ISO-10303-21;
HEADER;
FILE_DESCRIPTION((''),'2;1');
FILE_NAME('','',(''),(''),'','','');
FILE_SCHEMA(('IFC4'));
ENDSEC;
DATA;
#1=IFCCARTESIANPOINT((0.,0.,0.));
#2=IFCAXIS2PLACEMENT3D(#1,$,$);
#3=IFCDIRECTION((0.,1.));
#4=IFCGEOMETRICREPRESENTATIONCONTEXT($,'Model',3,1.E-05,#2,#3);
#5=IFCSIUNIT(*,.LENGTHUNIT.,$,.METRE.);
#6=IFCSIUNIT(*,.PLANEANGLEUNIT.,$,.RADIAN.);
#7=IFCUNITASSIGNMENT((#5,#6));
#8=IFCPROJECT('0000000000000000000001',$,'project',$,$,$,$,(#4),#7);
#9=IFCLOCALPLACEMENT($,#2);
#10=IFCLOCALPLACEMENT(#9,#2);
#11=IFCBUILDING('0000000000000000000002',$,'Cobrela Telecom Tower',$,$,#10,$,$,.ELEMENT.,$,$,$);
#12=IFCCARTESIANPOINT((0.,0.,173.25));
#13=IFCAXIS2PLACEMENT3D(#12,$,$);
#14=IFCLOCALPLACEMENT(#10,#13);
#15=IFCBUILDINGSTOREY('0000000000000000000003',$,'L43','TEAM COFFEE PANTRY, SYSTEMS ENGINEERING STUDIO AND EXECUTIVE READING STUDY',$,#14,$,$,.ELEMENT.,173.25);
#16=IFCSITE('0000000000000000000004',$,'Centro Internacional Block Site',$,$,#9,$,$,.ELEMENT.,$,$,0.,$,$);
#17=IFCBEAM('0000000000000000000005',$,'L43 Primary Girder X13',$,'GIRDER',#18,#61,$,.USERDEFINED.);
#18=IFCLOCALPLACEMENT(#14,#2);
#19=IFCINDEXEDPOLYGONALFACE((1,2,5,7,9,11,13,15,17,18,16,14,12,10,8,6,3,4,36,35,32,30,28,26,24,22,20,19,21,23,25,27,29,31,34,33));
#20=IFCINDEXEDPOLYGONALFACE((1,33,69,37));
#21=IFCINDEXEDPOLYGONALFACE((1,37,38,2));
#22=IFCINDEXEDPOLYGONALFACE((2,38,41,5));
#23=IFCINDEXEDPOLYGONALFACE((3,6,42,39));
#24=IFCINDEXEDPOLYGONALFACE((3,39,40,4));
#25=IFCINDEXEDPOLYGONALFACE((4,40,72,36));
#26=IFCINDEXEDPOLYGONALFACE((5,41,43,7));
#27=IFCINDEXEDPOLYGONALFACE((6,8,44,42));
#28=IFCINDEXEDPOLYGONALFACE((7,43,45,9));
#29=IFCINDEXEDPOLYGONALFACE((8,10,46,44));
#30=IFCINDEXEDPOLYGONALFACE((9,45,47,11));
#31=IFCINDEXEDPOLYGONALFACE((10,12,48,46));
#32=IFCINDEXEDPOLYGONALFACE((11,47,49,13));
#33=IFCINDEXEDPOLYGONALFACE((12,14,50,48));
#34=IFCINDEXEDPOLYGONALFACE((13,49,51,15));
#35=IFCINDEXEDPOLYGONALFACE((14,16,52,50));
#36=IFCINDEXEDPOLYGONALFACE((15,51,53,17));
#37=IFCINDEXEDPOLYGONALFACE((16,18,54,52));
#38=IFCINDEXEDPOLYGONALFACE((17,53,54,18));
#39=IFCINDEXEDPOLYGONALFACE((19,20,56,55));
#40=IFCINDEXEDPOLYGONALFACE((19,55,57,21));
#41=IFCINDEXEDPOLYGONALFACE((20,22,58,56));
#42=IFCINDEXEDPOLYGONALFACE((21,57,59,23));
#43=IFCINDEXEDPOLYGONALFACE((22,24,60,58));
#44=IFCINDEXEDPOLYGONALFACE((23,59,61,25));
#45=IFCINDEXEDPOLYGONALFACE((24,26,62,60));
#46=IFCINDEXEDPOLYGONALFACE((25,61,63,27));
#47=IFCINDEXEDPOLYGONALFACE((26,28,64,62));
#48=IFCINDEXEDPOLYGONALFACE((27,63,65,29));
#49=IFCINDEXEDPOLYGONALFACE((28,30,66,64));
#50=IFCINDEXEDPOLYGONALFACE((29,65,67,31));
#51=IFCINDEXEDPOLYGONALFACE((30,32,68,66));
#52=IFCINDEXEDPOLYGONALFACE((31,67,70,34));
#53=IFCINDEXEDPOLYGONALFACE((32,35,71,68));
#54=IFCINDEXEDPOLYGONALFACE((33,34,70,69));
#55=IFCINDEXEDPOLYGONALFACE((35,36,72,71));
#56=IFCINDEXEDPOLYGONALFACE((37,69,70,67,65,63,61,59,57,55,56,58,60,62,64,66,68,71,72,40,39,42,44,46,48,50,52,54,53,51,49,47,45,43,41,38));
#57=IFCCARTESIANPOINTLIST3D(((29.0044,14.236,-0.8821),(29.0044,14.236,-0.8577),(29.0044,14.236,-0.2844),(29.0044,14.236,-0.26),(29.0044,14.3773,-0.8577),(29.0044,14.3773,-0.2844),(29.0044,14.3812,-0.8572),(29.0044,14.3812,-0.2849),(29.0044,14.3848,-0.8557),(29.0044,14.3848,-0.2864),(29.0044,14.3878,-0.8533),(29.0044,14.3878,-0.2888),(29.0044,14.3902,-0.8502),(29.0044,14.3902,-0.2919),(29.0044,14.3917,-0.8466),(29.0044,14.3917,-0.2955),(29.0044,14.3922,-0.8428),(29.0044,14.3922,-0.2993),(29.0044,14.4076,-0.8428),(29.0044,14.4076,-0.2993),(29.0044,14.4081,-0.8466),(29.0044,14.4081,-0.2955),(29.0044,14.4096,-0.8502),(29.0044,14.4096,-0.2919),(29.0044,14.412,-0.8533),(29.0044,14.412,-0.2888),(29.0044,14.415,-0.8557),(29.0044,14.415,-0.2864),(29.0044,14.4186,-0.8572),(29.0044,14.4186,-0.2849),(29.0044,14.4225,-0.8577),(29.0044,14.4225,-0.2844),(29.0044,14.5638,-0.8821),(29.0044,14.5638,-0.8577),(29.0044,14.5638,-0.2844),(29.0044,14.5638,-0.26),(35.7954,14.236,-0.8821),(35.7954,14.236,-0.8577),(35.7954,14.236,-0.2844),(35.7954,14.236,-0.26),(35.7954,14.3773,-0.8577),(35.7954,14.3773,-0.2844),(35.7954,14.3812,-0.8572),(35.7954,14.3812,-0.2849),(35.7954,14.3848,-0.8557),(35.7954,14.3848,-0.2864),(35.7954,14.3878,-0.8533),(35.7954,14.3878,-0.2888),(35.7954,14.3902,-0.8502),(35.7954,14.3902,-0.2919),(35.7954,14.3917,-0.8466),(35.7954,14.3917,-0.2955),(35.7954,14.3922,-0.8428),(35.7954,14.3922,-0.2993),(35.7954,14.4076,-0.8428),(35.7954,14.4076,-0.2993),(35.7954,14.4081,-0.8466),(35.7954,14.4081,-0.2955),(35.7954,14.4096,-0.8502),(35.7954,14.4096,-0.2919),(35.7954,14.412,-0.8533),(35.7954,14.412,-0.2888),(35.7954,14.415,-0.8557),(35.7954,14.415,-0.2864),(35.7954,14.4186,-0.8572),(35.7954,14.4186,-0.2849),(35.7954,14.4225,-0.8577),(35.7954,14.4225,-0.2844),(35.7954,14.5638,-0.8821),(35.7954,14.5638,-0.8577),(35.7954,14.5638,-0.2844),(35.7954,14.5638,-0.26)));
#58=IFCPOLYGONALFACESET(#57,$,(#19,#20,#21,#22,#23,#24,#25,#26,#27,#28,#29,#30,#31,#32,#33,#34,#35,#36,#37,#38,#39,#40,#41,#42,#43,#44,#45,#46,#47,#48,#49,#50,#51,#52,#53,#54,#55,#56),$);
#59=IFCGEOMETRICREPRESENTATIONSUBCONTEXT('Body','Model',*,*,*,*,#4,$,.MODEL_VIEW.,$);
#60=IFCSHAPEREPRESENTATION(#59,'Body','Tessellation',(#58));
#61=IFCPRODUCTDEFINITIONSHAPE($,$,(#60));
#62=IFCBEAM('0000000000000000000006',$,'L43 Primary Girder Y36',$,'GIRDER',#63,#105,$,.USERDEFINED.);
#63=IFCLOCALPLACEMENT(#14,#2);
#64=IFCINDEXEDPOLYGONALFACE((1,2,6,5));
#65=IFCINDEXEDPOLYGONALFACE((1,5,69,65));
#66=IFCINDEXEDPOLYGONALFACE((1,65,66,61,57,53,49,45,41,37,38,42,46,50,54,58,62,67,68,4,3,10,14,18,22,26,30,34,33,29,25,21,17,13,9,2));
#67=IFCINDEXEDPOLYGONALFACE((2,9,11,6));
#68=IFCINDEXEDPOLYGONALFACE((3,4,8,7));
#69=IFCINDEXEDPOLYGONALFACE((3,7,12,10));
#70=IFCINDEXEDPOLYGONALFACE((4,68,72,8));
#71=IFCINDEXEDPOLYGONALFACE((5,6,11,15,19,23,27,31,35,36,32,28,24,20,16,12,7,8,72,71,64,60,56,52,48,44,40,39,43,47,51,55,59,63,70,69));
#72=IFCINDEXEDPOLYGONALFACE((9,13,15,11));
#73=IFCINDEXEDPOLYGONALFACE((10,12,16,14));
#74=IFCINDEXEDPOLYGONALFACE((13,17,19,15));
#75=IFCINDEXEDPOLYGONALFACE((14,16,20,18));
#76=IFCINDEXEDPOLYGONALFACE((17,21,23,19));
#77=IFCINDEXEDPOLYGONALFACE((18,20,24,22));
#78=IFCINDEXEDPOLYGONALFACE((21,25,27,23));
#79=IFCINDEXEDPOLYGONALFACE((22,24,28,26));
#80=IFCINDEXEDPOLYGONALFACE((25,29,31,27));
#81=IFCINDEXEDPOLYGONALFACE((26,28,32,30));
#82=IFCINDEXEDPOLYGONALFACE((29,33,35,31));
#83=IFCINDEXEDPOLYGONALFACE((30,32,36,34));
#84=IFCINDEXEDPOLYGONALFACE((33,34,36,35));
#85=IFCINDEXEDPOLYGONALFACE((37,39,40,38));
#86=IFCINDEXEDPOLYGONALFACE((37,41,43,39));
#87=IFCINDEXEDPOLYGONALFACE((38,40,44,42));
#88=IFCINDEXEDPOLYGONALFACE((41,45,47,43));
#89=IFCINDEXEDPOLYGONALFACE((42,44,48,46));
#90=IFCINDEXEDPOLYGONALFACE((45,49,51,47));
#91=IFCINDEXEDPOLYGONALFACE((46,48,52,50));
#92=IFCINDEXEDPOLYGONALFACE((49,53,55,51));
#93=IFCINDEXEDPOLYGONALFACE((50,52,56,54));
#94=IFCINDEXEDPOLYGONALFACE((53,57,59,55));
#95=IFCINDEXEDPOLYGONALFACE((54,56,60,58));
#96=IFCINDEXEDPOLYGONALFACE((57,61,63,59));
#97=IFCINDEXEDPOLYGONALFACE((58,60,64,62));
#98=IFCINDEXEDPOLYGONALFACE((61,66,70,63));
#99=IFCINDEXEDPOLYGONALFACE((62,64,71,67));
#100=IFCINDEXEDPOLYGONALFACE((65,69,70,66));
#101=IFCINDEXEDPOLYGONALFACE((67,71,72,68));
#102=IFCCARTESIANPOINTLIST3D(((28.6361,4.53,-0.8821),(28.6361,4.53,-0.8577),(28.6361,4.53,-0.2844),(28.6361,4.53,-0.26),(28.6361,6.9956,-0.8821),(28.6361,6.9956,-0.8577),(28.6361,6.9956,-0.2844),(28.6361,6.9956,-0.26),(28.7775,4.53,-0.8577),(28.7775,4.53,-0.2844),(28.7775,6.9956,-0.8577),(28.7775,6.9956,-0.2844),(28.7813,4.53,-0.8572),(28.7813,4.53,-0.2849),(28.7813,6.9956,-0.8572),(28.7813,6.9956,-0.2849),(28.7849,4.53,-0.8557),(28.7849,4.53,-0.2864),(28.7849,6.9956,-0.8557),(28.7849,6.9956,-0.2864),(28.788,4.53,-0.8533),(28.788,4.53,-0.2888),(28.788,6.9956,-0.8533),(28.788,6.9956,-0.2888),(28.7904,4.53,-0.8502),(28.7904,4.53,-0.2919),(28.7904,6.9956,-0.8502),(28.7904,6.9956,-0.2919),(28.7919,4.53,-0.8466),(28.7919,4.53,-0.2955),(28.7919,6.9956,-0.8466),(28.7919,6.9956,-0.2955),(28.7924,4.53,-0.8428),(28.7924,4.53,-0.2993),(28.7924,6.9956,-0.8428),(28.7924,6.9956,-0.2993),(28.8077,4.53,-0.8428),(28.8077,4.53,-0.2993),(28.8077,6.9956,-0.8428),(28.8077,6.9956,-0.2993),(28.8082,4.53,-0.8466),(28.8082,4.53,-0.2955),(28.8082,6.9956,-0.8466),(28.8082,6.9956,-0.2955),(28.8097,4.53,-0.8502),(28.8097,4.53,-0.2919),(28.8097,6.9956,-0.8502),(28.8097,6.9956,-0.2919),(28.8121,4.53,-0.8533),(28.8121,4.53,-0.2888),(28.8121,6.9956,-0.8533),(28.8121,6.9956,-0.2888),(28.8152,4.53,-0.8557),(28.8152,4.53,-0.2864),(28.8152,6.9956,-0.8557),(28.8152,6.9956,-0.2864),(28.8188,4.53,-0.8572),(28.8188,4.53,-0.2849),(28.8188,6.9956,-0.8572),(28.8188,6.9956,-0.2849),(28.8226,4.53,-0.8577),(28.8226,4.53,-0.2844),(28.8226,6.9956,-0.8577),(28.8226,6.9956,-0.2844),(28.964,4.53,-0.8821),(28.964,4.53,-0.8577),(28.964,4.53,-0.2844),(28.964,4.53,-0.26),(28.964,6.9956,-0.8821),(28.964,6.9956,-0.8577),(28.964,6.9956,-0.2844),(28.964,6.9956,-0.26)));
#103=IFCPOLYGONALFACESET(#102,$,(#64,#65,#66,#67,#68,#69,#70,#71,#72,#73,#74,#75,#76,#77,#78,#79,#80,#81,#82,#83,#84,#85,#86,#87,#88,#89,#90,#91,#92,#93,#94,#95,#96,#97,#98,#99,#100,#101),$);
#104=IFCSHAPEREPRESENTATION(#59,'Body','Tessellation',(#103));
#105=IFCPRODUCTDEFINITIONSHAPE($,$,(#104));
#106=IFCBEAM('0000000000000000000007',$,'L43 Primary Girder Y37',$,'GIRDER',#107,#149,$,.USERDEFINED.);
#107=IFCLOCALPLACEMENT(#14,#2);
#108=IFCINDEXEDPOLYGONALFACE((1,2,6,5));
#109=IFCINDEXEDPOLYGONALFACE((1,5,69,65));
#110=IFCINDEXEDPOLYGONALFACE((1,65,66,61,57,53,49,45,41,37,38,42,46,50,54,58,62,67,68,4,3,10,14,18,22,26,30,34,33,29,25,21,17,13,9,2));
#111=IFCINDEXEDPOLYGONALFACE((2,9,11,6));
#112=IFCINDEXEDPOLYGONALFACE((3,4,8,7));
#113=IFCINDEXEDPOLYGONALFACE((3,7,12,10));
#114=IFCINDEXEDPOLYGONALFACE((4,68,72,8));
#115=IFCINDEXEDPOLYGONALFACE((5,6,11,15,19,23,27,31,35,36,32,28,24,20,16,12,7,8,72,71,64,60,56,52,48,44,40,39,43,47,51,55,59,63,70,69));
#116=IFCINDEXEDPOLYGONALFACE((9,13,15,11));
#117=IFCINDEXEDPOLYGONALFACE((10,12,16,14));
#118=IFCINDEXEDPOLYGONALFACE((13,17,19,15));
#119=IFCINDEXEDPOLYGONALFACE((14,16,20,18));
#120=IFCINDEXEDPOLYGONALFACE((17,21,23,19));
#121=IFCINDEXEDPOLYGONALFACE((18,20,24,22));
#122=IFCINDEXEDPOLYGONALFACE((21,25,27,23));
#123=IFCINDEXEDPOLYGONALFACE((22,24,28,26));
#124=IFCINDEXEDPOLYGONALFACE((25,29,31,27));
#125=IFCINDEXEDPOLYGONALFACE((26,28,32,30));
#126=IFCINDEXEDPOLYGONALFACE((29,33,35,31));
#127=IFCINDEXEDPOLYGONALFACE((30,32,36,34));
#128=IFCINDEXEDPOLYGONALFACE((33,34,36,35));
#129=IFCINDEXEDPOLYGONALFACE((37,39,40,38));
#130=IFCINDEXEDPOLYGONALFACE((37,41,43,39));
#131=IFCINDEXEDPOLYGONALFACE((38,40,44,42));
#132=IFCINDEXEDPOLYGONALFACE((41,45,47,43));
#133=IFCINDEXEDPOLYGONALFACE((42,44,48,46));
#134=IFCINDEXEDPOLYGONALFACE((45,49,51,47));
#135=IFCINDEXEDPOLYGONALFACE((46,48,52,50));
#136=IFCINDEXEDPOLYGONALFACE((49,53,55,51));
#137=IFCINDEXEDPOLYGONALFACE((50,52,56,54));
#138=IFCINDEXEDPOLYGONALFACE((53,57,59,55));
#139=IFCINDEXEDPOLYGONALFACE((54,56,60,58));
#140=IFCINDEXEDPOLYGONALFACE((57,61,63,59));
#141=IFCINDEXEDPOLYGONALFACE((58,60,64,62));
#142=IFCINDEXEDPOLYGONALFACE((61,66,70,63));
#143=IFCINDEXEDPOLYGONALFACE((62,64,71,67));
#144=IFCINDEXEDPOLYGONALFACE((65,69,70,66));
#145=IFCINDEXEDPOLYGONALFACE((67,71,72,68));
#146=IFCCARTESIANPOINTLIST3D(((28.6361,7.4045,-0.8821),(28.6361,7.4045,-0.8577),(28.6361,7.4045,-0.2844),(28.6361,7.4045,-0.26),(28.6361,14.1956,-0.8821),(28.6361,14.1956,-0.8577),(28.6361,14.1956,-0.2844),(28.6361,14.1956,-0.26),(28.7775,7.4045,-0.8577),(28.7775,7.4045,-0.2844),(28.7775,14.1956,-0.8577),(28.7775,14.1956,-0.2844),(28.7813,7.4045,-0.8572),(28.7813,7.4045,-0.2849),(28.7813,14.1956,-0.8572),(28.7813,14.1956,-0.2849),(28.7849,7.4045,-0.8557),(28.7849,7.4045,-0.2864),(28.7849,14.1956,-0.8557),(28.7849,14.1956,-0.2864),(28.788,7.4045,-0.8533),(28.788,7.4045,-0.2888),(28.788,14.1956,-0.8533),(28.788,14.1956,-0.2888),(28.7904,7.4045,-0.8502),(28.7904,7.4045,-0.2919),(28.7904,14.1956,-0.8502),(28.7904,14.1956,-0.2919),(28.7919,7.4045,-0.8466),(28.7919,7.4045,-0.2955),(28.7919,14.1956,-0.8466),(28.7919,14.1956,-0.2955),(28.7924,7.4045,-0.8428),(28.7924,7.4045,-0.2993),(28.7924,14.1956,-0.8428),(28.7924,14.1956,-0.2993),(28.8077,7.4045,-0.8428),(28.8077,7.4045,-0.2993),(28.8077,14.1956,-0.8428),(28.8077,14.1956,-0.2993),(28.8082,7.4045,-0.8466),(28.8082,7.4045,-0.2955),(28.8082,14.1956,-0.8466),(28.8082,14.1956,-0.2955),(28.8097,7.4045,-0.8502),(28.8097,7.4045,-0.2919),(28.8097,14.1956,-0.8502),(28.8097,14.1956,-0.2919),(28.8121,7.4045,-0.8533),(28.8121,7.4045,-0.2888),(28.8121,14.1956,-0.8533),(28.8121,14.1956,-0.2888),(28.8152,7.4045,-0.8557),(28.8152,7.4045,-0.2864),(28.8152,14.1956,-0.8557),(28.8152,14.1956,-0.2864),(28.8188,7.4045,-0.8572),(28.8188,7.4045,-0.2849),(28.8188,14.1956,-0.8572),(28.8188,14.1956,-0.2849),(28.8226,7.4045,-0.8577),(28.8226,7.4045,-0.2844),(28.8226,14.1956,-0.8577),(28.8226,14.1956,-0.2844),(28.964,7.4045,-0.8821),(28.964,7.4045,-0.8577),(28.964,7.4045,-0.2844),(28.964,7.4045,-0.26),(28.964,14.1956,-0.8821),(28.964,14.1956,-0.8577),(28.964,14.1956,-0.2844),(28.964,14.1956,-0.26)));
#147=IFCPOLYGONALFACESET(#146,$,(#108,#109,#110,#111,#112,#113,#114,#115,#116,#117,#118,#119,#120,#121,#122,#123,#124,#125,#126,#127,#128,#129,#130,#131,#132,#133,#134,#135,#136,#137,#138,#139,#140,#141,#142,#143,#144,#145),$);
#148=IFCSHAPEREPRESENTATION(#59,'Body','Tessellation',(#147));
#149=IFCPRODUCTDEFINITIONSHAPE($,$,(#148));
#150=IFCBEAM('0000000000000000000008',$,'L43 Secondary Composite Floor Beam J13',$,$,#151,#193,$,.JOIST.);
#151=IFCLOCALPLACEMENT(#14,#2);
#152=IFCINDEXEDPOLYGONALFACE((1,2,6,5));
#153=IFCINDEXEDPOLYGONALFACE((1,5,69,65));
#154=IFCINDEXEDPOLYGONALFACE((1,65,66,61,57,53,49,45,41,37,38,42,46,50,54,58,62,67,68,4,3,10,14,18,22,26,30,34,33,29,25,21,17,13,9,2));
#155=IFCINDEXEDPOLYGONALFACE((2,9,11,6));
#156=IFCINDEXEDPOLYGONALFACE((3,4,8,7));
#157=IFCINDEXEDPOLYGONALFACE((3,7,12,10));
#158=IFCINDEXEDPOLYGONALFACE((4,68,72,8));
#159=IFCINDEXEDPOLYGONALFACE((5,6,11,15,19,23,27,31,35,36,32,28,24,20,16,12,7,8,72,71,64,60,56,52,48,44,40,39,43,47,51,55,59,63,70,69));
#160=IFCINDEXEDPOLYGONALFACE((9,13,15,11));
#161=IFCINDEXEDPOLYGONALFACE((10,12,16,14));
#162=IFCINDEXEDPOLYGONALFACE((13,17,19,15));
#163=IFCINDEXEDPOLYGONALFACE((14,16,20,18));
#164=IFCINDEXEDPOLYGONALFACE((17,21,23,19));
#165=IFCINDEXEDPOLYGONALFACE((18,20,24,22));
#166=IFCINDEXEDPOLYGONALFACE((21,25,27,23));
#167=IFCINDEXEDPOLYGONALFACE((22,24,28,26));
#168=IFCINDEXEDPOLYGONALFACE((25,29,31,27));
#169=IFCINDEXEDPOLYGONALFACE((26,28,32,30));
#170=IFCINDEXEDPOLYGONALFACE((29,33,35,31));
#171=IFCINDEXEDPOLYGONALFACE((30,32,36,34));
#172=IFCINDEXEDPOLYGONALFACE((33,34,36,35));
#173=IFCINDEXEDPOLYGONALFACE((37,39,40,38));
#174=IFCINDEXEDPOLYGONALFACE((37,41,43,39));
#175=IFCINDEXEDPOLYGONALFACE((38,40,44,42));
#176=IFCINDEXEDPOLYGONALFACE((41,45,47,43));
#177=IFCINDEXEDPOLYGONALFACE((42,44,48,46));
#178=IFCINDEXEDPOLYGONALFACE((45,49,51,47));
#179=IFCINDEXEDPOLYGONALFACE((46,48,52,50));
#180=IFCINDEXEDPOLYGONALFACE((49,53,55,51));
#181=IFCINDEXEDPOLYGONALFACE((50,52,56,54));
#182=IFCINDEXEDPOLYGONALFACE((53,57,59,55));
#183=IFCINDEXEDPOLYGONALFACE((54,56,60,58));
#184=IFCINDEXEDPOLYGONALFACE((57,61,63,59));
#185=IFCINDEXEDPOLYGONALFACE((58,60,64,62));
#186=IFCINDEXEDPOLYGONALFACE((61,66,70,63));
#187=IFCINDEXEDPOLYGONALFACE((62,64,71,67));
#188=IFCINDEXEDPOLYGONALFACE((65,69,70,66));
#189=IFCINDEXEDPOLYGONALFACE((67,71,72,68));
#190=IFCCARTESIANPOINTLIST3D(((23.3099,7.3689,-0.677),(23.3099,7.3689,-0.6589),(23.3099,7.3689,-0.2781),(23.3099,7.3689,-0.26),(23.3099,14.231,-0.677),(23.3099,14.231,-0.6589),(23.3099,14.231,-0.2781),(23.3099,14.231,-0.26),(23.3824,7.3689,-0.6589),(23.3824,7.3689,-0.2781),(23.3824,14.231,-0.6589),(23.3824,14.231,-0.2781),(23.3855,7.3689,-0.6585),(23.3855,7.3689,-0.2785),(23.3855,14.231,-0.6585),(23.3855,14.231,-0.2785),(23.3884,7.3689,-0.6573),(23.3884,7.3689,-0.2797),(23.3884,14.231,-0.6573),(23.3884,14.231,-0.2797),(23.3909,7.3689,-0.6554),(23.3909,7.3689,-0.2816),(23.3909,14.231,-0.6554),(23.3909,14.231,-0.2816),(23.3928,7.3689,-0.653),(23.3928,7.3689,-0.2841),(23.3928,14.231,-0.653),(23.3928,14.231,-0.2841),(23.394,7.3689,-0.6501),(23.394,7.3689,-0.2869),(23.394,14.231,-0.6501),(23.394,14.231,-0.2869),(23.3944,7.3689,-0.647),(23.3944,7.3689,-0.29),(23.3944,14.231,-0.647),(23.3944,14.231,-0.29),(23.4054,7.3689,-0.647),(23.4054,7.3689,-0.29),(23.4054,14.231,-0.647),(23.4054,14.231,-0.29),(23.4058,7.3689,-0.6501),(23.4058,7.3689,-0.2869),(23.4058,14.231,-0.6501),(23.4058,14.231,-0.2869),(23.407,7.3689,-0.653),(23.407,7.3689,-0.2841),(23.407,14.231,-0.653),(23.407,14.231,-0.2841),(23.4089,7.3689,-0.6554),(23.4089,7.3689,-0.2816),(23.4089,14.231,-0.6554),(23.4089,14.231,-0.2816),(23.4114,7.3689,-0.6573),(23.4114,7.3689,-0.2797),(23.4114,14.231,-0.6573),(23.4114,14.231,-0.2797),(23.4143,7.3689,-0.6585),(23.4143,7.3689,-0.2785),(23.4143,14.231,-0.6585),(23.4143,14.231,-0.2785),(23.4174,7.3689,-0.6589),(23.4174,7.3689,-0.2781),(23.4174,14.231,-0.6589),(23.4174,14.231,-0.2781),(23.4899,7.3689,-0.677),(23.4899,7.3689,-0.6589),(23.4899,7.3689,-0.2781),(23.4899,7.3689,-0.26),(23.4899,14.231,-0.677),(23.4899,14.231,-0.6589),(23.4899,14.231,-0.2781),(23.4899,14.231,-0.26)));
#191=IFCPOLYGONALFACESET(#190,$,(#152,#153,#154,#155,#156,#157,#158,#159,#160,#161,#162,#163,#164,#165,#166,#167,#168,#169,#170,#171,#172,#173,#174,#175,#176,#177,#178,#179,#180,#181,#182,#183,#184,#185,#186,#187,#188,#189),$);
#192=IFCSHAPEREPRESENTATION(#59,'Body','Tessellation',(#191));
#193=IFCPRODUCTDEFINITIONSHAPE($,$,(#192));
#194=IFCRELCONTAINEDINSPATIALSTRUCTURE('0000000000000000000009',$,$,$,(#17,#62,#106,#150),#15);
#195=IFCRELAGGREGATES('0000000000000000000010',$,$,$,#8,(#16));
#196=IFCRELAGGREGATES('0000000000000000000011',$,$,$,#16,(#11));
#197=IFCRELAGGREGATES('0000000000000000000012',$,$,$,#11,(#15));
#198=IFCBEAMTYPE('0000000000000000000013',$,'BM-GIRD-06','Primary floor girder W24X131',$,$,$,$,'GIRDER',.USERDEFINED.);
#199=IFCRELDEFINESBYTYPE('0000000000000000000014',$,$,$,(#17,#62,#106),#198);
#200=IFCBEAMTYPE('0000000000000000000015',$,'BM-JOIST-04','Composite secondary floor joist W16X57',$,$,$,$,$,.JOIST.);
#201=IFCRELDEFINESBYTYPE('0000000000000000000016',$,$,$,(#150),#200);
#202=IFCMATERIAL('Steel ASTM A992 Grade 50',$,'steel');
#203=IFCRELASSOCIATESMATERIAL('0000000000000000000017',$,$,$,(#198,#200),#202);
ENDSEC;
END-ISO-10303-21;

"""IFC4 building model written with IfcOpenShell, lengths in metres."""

from ifc_helpers import new_model, si_unit, direction, frame, origin, origin_2d, place, context, subcontext, project, spatial, i_section, extrude, material, material_profile, profile_set, type_object, element, save


model = new_model("IFC4")

# Units and contexts
model_context = context("Model", 3, precision=1e-05, world=origin(), true_north=direction((0.0, 1.0)))
body_context = subcontext(model_context, "Body", "Model", "MODEL_VIEW")
ifc_project = project(units=[si_unit("LENGTHUNIT", "METRE"), si_unit("PLANEANGLEUNIT", "RADIAN")], contexts=[model_context])

# Site, building, storey
site_placement = place(None, origin())
site = spatial("IfcSite", under=ifc_project, at=site_placement, Name="Centro Internacional Block Site", CompositionType="ELEMENT", RefElevation=0.0)
building_placement = place(site_placement, origin())
building = spatial("IfcBuilding", under=site, at=building_placement, Name="Cobrela Telecom Tower", CompositionType="ELEMENT")
storey_placement = place(building_placement, frame((0.0, 0.0, 173.25)))
storey = spatial("IfcBuildingStorey", under=building, at=storey_placement, Name="L43", Description="TEAM COFFEE PANTRY, SYSTEMS ENGINEERING STUDIO AND EXECUTIVE READING STUDY", CompositionType="ELEMENT", Elevation=173.25)

# Shared definitions
ifc_material_1 = material(Name="Steel ASTM A992 Grade 50", Category="steel")

# Beams
ifc_material_profile_1 = material_profile(ifc_material_1, i_section(OverallWidth=0.3279, OverallDepth=0.6221, WebThickness=0.0154, FlangeThickness=0.0244, FilletRadius=0.0149, at=origin_2d()), Name="W24X131")
ifc_profile_set_1 = profile_set([ifc_material_profile_1], Name="Steel ASTM A992 Grade 50")
beam_type_1 = type_object("IfcBeamType", Name="BM-GIRD-06", Description="Primary floor girder W24X131", ElementType="GIRDER", PredefinedType="USERDEFINED", material=ifc_profile_set_1)
for number, where, z_axis, x_axis, name in (
    (1, (29.0044, 14.3999, -0.571), (1.0, 0.0, 0.0), (0.0, 1.0, 0.0), "L43 Primary Girder X13"),
):
    element("IfcBeam", number, at=place(storey_placement, frame(where, z_axis=z_axis, x_axis=x_axis)), inside=storey, type_object=beam_type_1, Name=name, ObjectType="GIRDER", PredefinedType="USERDEFINED", context=body_context, shape_type="SweptSolid", body=[
        extrude(i_section(OverallWidth=0.3279, OverallDepth=0.6221, WebThickness=0.0154, FlangeThickness=0.0244, FilletRadius=0.0149, at=origin_2d()), origin(), (0.0, 0.0, 1.0), 6.791),
    ])
beam_1_placement = place(storey_placement, frame((28.8, 4.53, -0.571), z_axis=(0.0, 1.0, 0.0), x_axis=(-1.0, 0.0, 0.0)))
element("IfcBeam", 2, at=beam_1_placement, inside=storey, type_object=beam_type_1, Name="L43 Primary Girder Y36", ObjectType="GIRDER", PredefinedType="USERDEFINED", context=body_context, shape_type="SweptSolid", body=[
    extrude(i_section(OverallWidth=0.3279, OverallDepth=0.6221, WebThickness=0.0154, FlangeThickness=0.0244, FilletRadius=0.0149, at=origin_2d()), origin(), (0.0, 0.0, 1.0), 2.4656),
])
beam_2_placement = place(storey_placement, frame((28.8, 7.4045, -0.571), z_axis=(0.0, 1.0, 0.0), x_axis=(-1.0, 0.0, 0.0)))
element("IfcBeam", 3, at=beam_2_placement, inside=storey, type_object=beam_type_1, Name="L43 Primary Girder Y37", ObjectType="GIRDER", PredefinedType="USERDEFINED", context=body_context, shape_type="SweptSolid", body=[
    extrude(i_section(OverallWidth=0.3279, OverallDepth=0.6221, WebThickness=0.0154, FlangeThickness=0.0244, FilletRadius=0.0149, at=origin_2d()), origin(), (0.0, 0.0, 1.0), 6.791),
])
ifc_material_profile_2 = material_profile(ifc_material_1, i_section(OverallWidth=0.1799, OverallDepth=0.417, WebThickness=0.011, FlangeThickness=0.0181, FilletRadius=0.012, at=origin_2d()), Name="W16X57")
ifc_profile_set_2 = profile_set([ifc_material_profile_2], Name="Steel ASTM A992 Grade 50")
beam_type_2 = type_object("IfcBeamType", Name="BM-JOIST-04", Description="Composite secondary floor joist W16X57", PredefinedType="JOIST", material=ifc_profile_set_2)
for number, where, z_axis, x_axis, name in (
    (4, (23.3999, 7.3689, -0.4685), (0.0, 1.0, 0.0), (-1.0, 0.0, 0.0), "L43 Secondary Composite Floor Beam J13"),
):
    element("IfcBeam", number, at=place(storey_placement, frame(where, z_axis=z_axis, x_axis=x_axis)), inside=storey, type_object=beam_type_2, Name=name, PredefinedType="JOIST", context=body_context, shape_type="SweptSolid", body=[
        extrude(i_section(OverallWidth=0.1799, OverallDepth=0.417, WebThickness=0.011, FlangeThickness=0.0181, FilletRadius=0.012, at=origin_2d()), origin(), (0.0, 0.0, 1.0), 6.8621),
    ])

save(model, "model.ifc")
